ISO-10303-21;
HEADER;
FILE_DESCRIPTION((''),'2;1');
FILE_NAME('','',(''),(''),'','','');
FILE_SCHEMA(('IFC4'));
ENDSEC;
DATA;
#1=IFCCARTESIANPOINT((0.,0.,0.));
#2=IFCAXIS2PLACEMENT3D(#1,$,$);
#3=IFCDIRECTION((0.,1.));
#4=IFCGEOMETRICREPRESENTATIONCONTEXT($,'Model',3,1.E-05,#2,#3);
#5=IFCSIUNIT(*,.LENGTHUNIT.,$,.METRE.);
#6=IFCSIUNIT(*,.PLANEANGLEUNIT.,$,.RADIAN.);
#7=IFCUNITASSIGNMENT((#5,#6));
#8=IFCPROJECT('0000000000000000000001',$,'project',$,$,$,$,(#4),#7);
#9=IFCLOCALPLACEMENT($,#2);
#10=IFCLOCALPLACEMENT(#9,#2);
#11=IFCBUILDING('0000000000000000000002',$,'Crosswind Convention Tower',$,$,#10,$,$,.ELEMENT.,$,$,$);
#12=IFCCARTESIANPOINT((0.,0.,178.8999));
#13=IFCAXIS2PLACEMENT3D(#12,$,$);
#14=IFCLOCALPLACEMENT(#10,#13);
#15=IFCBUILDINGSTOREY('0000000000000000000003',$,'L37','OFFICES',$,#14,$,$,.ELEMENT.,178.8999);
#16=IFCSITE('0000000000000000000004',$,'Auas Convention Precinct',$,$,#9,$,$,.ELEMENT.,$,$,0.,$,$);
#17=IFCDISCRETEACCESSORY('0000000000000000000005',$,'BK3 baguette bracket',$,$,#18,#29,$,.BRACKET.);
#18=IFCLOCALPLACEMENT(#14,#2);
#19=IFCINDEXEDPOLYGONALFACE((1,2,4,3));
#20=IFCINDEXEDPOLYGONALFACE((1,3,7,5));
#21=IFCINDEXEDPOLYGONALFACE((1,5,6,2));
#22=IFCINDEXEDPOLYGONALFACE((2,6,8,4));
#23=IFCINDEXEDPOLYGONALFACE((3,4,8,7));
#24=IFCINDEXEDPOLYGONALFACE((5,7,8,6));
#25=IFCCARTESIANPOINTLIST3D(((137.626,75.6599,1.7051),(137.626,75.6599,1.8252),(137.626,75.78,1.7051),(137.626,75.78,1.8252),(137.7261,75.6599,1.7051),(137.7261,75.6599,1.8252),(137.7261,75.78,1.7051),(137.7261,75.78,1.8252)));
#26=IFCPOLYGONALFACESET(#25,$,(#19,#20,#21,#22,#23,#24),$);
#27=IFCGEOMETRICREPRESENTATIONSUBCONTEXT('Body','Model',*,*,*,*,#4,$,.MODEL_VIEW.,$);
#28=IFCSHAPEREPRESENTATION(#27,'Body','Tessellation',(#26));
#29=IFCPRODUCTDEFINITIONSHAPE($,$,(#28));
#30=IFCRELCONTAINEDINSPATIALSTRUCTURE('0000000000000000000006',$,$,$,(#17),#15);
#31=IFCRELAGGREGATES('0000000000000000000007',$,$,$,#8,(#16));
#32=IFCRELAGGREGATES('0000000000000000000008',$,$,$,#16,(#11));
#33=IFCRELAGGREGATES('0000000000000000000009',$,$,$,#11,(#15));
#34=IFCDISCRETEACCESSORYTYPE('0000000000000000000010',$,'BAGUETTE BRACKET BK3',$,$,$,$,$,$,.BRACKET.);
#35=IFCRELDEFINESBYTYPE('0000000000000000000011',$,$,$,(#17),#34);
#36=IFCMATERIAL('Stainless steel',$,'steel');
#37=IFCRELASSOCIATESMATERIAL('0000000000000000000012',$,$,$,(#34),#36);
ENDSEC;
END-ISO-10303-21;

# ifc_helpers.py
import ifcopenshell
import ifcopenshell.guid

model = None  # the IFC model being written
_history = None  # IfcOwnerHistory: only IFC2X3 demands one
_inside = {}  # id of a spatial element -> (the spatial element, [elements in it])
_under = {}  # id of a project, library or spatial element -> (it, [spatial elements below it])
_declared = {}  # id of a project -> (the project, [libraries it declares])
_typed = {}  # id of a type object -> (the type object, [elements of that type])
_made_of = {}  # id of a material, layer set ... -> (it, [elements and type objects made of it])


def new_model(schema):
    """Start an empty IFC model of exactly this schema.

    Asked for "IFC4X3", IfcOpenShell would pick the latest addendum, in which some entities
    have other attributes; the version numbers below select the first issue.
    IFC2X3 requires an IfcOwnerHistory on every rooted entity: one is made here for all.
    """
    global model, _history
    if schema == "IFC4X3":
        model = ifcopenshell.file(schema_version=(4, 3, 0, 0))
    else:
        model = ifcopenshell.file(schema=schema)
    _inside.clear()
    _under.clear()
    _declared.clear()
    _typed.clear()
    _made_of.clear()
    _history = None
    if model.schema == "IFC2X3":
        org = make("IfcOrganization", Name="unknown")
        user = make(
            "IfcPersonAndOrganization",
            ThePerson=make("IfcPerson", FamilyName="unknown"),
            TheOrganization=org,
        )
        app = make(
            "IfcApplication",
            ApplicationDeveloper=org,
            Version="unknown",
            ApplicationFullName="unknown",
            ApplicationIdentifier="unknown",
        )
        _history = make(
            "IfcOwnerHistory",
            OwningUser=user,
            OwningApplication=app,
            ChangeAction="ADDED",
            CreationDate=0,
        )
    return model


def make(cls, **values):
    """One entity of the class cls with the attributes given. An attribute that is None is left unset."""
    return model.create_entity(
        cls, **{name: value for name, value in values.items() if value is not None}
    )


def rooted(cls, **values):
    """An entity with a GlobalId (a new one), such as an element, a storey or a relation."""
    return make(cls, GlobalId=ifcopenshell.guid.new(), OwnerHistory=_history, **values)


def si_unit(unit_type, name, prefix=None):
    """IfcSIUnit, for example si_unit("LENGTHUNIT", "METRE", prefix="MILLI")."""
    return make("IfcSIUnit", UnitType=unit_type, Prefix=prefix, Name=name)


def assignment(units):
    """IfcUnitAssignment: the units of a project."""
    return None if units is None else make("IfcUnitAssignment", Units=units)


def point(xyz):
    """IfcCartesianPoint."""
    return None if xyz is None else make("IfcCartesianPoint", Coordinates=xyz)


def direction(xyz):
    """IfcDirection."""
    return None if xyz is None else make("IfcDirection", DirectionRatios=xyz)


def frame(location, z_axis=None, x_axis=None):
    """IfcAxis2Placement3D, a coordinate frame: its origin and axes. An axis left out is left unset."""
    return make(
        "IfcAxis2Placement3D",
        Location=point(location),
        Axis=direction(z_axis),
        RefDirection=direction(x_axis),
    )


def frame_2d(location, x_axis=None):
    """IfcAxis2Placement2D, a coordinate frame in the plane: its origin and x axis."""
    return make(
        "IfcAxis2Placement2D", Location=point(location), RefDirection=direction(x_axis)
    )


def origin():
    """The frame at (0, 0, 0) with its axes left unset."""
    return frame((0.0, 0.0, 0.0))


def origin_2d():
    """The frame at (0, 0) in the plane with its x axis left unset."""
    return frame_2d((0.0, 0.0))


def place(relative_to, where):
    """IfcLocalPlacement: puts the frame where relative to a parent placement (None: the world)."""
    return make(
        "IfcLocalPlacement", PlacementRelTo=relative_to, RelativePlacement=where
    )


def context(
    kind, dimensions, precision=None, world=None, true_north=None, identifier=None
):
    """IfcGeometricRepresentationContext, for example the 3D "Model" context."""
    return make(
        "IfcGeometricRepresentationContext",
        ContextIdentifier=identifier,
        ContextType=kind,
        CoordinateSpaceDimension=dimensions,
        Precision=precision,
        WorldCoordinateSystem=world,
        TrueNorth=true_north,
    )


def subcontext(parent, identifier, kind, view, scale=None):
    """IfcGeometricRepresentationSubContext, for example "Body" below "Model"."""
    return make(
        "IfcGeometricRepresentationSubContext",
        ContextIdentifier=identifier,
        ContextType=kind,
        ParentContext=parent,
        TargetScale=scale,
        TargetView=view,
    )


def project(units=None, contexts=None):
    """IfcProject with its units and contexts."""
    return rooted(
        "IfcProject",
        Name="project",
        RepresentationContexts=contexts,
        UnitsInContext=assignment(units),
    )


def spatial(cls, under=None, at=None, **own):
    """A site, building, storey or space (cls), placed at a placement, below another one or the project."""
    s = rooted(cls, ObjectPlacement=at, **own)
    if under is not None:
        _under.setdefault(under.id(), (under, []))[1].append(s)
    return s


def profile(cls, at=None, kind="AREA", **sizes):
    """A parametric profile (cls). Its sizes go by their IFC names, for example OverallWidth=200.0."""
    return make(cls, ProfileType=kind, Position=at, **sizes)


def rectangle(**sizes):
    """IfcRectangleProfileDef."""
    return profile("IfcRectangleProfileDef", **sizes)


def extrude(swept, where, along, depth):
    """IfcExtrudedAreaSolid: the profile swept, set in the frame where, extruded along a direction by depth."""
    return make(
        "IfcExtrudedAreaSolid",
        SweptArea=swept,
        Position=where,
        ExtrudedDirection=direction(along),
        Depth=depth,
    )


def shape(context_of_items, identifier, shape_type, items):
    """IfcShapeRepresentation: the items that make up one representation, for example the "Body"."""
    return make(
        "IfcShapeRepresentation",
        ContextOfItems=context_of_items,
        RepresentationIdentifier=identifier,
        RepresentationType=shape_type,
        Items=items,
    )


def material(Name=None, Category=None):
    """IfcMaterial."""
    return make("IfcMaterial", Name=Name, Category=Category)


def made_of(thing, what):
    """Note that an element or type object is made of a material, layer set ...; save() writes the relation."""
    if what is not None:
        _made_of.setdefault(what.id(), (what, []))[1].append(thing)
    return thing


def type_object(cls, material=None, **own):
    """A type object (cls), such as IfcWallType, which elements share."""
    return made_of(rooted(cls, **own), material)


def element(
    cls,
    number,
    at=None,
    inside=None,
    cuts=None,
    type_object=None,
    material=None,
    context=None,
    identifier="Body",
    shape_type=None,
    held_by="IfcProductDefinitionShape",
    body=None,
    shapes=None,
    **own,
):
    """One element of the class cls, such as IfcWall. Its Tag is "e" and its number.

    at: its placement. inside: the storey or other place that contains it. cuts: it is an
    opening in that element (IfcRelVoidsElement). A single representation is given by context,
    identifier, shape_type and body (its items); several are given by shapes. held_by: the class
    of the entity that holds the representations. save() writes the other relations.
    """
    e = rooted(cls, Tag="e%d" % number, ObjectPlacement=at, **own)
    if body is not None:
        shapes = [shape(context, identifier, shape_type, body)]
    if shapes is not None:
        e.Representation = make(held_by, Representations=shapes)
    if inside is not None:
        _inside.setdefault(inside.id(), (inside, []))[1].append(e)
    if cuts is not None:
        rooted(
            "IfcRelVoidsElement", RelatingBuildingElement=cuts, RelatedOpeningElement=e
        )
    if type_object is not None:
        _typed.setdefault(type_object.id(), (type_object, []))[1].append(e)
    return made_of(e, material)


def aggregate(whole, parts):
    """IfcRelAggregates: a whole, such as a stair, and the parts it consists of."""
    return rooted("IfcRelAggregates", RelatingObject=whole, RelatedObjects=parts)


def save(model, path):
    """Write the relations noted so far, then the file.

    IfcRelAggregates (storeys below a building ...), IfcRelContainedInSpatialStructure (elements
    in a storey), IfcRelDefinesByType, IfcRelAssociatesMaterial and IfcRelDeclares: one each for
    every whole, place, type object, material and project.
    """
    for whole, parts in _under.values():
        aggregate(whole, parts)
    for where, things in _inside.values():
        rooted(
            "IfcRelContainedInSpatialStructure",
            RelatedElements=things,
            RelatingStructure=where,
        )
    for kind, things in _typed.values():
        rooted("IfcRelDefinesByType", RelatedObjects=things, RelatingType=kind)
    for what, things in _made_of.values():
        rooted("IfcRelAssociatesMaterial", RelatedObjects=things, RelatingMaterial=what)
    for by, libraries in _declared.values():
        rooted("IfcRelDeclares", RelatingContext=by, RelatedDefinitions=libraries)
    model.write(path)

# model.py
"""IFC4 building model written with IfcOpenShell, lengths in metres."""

from ifc_helpers import new_model, si_unit, direction, frame, origin, origin_2d, place, context, subcontext, project, spatial, rectangle, extrude, material, type_object, element, save


model = new_model("IFC4")

# Units and contexts
model_context = context("Model", 3, precision=1e-05, world=origin(), true_north=direction((0.0, 1.0)))
body_context = subcontext(model_context, "Body", "Model", "MODEL_VIEW")
ifc_project = project(units=[si_unit("LENGTHUNIT", "METRE"), si_unit("PLANEANGLEUNIT", "RADIAN")], contexts=[model_context])

# Site, building, storey
site_placement = place(None, origin())
site = spatial("IfcSite", under=ifc_project, at=site_placement, Name="Auas Convention Precinct", CompositionType="ELEMENT", RefElevation=0.0)
building_placement = place(site_placement, origin())
building = spatial("IfcBuilding", under=site, at=building_placement, Name="Crosswind Convention Tower", CompositionType="ELEMENT")
storey_placement = place(building_placement, frame((0.0, 0.0, 178.8999)))
storey = spatial("IfcBuildingStorey", under=building, at=storey_placement, Name="L37", Description="OFFICES", CompositionType="ELEMENT", Elevation=178.8999)

# Discrete accessory
ifc_material_1 = material(Name="Stainless steel", Category="steel")
discrete_accessory_type = type_object("IfcDiscreteAccessoryType", Name="BAGUETTE BRACKET BK3", PredefinedType="BRACKET", material=ifc_material_1)
discrete_accessory_placement = place(storey_placement, frame((137.676, 75.72, 1.7051), z_axis=(0.0, 0.0, 1.0), x_axis=(0.0, 1.0, 0.0)))
element("IfcDiscreteAccessory", 1, at=discrete_accessory_placement, inside=storey, type_object=discrete_accessory_type, Name="BK3 baguette bracket", PredefinedType="BRACKET", context=body_context, shape_type="SweptSolid", body=[
    extrude(rectangle(XDim=0.1201, YDim=0.1001, at=origin_2d()), origin(), (0.0, 0.0, 1.0), 0.1201),
])

save(model, "model.ifc")
